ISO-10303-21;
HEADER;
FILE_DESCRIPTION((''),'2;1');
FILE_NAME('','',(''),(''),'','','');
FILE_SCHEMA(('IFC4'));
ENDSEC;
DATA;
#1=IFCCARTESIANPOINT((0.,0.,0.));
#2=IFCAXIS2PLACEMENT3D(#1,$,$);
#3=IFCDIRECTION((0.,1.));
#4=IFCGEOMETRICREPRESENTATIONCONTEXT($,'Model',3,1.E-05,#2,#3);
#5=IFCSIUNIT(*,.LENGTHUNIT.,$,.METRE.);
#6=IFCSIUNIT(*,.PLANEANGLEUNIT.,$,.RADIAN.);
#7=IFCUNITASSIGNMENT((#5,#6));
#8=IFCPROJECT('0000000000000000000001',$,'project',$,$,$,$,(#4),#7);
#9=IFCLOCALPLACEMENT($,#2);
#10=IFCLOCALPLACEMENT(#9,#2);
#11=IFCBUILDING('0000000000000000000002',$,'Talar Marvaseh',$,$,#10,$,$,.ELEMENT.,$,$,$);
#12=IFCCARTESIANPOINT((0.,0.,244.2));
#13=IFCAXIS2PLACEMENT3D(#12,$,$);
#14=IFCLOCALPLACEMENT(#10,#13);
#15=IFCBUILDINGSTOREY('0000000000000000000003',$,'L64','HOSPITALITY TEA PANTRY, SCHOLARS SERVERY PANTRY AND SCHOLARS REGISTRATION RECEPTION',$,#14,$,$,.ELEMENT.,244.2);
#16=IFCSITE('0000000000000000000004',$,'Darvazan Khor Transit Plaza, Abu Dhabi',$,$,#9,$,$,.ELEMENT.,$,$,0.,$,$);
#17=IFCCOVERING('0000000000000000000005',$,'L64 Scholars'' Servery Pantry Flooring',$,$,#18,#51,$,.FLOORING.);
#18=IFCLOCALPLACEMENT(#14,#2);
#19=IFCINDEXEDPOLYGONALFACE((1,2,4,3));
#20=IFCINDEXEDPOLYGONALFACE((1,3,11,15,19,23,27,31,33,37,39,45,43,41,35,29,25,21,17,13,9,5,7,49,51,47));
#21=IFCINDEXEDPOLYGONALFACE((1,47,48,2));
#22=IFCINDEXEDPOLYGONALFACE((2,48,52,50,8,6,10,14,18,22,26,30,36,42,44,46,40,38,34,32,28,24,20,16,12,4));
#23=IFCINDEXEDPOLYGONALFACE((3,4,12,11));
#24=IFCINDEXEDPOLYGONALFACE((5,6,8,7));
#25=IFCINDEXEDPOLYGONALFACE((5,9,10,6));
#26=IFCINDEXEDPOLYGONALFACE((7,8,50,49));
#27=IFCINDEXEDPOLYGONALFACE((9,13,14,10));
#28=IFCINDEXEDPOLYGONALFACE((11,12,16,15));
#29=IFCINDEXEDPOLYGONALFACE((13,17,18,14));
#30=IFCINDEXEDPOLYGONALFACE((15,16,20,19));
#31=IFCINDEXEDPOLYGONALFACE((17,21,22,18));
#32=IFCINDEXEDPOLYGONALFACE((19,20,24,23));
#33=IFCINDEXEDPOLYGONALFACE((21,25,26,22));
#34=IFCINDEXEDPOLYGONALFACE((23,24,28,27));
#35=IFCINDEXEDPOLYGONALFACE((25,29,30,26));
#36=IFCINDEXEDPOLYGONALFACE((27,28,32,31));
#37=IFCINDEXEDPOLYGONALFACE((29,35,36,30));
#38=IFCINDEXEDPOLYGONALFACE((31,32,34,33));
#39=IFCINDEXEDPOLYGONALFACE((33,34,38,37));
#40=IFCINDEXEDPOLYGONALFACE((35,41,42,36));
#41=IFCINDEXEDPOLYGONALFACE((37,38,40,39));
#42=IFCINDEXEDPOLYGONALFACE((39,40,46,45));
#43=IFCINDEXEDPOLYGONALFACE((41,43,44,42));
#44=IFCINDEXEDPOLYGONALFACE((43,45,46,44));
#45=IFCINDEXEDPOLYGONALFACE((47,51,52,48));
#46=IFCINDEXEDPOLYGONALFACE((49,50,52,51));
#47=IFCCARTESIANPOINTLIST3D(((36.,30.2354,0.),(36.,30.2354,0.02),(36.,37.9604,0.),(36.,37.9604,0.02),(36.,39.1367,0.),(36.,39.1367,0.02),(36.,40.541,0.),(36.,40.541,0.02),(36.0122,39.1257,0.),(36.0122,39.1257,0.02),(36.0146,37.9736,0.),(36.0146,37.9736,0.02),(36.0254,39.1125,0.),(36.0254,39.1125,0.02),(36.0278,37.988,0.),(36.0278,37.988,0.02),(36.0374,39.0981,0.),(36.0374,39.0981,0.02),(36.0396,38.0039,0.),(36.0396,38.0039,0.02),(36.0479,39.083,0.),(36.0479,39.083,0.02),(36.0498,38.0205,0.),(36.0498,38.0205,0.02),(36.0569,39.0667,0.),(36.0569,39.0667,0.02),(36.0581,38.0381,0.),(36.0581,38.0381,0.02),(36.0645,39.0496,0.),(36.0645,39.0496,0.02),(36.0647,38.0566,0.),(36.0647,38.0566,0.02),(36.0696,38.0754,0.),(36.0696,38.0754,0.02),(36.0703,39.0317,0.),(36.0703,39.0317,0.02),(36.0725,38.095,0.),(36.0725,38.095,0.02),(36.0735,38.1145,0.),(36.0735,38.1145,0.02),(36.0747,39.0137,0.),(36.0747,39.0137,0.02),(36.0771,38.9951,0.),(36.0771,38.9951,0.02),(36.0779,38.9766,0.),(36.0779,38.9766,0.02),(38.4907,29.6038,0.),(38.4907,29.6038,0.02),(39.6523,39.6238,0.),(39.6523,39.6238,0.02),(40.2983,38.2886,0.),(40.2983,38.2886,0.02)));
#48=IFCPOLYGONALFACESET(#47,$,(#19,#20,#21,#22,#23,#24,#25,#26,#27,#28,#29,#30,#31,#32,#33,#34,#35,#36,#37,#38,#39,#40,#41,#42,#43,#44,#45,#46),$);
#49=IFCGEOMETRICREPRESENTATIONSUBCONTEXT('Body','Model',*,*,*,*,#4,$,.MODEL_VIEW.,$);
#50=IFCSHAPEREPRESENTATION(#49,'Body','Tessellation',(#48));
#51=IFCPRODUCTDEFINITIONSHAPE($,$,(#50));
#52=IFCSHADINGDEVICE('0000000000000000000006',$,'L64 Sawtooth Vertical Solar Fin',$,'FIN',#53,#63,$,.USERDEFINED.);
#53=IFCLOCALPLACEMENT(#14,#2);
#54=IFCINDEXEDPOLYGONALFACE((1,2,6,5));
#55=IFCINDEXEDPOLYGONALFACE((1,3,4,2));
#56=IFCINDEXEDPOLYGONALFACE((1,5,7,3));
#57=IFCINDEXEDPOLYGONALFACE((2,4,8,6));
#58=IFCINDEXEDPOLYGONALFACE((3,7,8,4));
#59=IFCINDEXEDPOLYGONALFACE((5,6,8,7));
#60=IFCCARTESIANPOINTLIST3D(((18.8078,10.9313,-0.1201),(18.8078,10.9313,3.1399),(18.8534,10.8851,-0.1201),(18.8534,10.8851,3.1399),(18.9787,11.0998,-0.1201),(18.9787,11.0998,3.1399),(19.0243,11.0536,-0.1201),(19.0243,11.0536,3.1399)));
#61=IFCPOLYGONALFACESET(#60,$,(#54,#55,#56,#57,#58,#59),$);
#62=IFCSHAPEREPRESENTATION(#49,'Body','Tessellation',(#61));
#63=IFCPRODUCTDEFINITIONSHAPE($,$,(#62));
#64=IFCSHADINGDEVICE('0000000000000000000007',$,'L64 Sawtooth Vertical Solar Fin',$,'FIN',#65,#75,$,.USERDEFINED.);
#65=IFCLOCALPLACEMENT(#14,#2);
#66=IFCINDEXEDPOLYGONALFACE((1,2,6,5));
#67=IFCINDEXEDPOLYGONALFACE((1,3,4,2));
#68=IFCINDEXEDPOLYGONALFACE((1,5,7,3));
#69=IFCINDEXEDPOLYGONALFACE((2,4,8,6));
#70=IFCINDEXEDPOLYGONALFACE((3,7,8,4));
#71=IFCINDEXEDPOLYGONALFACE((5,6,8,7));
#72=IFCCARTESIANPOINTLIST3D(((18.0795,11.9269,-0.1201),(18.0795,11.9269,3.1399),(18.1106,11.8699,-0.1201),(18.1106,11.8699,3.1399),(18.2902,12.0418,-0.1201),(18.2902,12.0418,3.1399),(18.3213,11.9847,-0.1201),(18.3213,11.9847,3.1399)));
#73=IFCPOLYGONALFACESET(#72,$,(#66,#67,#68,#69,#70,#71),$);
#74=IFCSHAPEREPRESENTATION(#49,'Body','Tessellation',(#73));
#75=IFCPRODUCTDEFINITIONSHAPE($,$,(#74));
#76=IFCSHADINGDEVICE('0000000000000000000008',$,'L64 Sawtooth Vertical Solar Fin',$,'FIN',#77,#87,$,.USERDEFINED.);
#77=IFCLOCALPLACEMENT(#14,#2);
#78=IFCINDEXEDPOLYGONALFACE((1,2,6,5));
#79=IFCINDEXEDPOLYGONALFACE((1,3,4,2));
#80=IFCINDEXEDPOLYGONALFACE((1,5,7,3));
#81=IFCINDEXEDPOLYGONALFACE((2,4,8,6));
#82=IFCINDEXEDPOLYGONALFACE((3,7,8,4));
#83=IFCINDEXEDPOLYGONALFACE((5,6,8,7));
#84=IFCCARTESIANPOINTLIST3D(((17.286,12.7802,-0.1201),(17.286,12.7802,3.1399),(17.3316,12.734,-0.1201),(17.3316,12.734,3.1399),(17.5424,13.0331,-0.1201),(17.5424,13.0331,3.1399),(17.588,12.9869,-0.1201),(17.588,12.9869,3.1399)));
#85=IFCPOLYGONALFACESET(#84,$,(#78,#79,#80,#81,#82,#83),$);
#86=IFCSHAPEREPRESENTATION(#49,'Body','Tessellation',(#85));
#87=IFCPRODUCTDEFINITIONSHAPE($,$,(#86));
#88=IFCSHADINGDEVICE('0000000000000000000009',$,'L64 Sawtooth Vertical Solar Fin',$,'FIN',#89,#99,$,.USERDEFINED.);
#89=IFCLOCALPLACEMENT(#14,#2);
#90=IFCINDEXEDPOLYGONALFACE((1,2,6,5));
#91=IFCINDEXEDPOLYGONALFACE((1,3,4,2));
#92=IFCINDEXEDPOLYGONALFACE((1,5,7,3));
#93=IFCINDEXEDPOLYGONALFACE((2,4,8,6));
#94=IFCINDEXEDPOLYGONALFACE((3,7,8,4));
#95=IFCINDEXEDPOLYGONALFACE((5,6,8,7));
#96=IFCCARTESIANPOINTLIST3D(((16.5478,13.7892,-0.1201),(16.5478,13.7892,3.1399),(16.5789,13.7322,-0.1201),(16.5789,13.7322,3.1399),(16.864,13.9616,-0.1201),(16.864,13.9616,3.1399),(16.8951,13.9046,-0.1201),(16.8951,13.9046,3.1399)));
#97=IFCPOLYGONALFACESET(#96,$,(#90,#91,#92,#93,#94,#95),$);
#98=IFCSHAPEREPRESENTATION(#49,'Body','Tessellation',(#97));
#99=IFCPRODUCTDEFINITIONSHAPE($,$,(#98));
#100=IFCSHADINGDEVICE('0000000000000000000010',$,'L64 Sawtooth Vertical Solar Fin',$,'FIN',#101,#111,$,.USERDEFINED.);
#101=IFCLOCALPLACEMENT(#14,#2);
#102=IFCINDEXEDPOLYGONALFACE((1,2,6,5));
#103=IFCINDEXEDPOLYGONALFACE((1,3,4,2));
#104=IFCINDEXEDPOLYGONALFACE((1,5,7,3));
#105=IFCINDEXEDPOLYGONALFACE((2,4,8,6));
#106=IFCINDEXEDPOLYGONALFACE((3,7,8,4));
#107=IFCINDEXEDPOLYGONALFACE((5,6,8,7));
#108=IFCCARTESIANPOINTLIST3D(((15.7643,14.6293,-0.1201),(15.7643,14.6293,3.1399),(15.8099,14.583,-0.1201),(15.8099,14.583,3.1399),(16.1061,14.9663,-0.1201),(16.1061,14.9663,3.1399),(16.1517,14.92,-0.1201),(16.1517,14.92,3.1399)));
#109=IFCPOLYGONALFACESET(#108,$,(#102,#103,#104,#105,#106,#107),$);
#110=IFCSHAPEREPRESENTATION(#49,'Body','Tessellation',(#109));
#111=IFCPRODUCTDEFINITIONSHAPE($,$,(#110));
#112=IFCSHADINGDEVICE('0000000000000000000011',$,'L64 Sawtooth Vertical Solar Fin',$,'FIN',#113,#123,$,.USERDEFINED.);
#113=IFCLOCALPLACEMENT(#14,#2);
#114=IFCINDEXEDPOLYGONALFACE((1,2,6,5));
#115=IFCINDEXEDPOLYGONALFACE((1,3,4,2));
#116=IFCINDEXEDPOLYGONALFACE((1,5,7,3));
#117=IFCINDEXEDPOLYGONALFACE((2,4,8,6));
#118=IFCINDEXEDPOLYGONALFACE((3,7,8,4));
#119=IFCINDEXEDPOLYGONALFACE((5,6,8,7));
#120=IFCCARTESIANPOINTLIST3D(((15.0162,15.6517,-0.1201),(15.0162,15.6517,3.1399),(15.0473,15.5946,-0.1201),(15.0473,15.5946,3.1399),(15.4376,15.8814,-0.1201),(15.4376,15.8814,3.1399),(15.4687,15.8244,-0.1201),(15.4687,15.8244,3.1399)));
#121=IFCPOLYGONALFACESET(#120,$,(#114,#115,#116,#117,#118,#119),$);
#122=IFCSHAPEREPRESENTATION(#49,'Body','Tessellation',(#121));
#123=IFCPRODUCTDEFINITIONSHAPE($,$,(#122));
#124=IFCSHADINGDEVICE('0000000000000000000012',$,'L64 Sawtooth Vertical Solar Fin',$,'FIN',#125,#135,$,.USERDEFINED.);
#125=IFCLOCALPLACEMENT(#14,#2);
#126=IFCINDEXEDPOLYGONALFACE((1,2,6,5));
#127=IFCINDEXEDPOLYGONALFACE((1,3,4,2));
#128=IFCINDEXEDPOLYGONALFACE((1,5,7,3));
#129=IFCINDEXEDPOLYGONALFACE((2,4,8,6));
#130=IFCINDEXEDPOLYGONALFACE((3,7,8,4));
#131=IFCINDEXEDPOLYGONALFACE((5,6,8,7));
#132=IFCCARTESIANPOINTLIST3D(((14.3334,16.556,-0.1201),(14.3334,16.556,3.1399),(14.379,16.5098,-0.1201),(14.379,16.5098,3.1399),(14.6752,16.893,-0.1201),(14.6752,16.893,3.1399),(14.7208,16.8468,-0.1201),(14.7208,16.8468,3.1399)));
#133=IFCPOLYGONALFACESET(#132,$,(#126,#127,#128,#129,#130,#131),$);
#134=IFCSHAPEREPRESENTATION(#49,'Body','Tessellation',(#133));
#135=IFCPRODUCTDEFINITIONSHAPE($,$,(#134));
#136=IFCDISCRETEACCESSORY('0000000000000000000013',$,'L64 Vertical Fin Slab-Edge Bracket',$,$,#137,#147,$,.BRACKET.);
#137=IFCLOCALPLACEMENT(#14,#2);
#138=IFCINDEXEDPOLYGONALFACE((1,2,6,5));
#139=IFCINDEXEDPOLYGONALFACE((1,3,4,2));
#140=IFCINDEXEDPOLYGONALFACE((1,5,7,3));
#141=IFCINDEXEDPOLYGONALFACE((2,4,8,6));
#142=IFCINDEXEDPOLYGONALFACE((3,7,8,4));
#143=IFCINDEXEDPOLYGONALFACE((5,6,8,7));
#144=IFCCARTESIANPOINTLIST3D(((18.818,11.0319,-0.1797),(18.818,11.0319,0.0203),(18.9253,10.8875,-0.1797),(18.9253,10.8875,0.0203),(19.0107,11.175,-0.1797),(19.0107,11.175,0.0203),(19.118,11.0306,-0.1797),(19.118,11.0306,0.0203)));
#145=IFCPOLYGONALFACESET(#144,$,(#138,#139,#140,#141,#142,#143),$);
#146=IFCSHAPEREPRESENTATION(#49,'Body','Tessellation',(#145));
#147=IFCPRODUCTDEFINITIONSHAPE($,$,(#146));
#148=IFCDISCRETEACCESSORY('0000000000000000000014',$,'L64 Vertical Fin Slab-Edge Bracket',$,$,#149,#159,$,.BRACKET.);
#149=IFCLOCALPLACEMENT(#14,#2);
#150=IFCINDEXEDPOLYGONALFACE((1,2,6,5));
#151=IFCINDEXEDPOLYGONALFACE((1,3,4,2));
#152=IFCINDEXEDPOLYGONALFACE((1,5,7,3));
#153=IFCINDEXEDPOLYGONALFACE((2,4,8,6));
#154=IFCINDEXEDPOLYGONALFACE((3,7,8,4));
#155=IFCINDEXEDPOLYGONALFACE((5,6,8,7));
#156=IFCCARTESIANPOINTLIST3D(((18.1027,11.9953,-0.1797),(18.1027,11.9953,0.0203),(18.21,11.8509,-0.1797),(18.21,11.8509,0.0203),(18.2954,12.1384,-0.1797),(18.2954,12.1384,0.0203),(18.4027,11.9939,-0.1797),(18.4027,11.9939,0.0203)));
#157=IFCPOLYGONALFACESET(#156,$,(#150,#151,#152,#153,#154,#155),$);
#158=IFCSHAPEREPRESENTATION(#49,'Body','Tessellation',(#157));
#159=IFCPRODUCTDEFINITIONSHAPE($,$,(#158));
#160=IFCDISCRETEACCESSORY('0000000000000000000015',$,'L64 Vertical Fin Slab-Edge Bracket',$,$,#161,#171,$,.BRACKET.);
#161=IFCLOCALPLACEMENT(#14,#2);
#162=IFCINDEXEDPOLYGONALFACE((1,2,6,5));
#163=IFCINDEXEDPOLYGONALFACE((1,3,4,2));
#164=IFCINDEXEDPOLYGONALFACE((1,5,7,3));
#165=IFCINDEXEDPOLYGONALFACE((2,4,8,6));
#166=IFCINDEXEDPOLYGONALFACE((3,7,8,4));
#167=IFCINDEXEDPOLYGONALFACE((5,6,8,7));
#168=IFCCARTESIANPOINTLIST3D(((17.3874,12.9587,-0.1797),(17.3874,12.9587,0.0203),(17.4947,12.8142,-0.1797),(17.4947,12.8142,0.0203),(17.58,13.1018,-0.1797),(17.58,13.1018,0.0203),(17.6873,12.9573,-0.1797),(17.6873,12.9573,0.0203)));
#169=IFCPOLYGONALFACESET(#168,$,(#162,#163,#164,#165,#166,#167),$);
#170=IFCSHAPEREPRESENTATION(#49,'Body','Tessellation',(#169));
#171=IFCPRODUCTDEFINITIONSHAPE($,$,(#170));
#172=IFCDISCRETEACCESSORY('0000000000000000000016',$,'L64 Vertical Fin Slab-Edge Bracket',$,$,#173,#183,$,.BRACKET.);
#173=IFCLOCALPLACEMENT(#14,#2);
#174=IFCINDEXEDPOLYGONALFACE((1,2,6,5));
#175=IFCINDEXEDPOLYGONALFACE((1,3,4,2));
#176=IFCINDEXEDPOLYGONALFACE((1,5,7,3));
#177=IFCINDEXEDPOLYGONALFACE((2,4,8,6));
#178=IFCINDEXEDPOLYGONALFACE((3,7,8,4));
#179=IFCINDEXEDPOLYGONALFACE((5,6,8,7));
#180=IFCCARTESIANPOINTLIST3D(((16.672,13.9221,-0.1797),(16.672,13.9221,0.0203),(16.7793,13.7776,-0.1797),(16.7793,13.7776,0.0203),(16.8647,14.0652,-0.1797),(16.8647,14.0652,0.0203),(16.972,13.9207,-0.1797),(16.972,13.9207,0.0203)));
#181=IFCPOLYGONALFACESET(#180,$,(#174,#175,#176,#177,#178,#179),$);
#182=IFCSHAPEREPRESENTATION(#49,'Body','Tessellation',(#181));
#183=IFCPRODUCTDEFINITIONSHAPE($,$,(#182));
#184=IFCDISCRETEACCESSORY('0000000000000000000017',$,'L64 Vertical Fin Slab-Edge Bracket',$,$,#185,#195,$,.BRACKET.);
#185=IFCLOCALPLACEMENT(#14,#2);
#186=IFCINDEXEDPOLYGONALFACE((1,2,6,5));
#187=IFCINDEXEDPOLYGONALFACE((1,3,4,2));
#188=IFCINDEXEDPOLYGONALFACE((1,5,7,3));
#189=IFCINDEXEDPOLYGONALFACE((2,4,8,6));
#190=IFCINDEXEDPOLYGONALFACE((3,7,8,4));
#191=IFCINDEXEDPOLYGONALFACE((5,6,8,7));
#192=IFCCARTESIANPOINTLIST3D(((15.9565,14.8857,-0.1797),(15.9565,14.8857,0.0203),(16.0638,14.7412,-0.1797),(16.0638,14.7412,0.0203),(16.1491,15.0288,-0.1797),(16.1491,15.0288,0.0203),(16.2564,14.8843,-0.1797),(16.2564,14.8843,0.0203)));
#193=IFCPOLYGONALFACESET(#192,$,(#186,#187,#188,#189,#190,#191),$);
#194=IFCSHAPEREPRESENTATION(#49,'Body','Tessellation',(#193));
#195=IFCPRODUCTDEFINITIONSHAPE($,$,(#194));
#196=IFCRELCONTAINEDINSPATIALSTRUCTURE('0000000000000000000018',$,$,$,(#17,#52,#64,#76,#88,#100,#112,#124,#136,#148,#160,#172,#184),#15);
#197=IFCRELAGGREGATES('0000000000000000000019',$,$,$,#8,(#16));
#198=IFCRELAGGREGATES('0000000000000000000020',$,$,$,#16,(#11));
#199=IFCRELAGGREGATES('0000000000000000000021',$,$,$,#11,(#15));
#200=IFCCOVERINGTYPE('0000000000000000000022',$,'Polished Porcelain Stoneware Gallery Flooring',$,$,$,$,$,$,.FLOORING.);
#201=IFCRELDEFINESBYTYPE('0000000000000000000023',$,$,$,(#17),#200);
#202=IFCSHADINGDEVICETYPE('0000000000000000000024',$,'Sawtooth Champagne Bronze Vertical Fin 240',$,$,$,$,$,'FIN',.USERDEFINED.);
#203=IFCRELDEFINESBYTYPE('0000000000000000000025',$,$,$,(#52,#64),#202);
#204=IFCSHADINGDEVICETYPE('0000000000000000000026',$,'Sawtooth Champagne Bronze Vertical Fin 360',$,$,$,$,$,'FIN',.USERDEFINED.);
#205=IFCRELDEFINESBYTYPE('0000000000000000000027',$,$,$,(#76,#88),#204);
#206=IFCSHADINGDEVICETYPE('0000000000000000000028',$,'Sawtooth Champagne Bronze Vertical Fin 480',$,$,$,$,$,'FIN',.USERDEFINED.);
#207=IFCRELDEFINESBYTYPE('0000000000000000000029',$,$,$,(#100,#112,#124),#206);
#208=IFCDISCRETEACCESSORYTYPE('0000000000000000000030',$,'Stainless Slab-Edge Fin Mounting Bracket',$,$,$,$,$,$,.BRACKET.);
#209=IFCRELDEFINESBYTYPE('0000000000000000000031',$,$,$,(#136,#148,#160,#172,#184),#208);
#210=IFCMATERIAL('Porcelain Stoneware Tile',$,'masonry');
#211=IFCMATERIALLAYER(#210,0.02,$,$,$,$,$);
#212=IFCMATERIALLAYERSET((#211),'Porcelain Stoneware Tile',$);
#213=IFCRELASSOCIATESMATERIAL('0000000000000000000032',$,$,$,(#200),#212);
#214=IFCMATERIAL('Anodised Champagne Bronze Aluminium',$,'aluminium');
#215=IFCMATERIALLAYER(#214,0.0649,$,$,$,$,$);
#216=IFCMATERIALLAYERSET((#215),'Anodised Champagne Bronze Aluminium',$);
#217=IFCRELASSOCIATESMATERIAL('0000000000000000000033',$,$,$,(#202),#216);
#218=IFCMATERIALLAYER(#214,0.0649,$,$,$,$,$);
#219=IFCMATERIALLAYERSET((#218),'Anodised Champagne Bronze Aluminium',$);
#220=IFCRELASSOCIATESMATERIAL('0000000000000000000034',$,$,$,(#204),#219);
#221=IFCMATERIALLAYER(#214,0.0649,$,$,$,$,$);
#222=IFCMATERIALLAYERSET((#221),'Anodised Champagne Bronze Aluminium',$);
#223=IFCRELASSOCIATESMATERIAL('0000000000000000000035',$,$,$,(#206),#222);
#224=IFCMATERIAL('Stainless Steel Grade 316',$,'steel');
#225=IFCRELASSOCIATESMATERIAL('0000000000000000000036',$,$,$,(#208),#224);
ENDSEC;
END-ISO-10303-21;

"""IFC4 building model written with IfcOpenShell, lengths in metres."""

from ifc_helpers import new_model, si_unit, direction, frame, origin, origin_2d, place, context, subcontext, project, spatial, polyline, rectangle, outline, extrude, source, transform, mapped, material, layer, layer_set, type_object, type_shapes, element, save


model = new_model("IFC4")

# Units and contexts
model_context = context("Model", 3, precision=1e-05, world=origin(), true_north=direction((0.0, 1.0)))
body_context = subcontext(model_context, "Body", "Model", "MODEL_VIEW")
ifc_project = project(units=[si_unit("LENGTHUNIT", "METRE"), si_unit("PLANEANGLEUNIT", "RADIAN")], contexts=[model_context])

# Site, building, storey
site_placement = place(None, origin())
site = spatial("IfcSite", under=ifc_project, at=site_placement, Name="Darvazan Khor Transit Plaza, Abu Dhabi", CompositionType="ELEMENT", RefElevation=0.0)
building_placement = place(site_placement, origin())
building = spatial("IfcBuilding", under=site, at=building_placement, Name="Talar Marvaseh", CompositionType="ELEMENT")
storey_placement = place(building_placement, frame((0.0, 0.0, 244.2)))
storey = spatial("IfcBuildingStorey", under=building, at=storey_placement, Name="L64", Description="HOSPITALITY TEA PANTRY, SCHOLARS SERVERY PANTRY AND SCHOLARS REGISTRATION RECEPTION", CompositionType="ELEMENT", Elevation=244.2)

# Covering
ifc_material_1 = material(Name="Porcelain Stoneware Tile", Category="masonry")
ifc_layer_1 = layer(ifc_material_1, 0.02)
ifc_layer_set_1 = layer_set([ifc_layer_1], Name="Porcelain Stoneware Tile")
covering_type_1 = type_object("IfcCoveringType", Name="Polished Porcelain Stoneware Gallery Flooring", PredefinedType="FLOORING", material=ifc_layer_set_1)
covering_1_placement = place(storey_placement, origin())
element("IfcCovering", 1, at=covering_1_placement, inside=storey, type_object=covering_type_1, Name="L64 Scholars' Servery Pantry Flooring", PredefinedType="FLOORING", context=body_context, shape_type="SweptSolid", body=[
    extrude(outline(polyline([(40.2983, 38.2886), (38.4907, 29.6038), (36.0, 30.2354), (36.0, 37.9604), (36.0, 37.9604), (36.0146, 37.9736), (36.0278, 37.988), (36.0396, 38.0039), (36.0498, 38.0205), (36.0581, 38.0381), (36.0647, 38.0566), (36.0696, 38.0754), (36.0725, 38.095), (36.0735, 38.1145), (36.0779, 38.9766), (36.0771, 38.9951), (36.0747, 39.0137), (36.0703, 39.0317), (36.0645, 39.0496), (36.0569, 39.0667), (36.0479, 39.083), (36.0374, 39.0981), (36.0254, 39.1125), (36.0122, 39.1257), (36.0, 39.1367), (36.0, 40.541), (39.6523, 39.6238), (40.2983, 38.2886)])), origin(), (0.0, 0.0, 1.0), 0.02),
])

# Shading devices
ifc_material_2 = material(Name="Anodised Champagne Bronze Aluminium", Category="aluminium")
ifc_layer_2 = layer(ifc_material_2, 0.0649)
ifc_layer_set_2 = layer_set([ifc_layer_2], Name="Anodised Champagne Bronze Aluminium")
shading_device_type_1 = type_object("IfcShadingDeviceType", Name="Sawtooth Champagne Bronze Vertical Fin 240", ElementType="FIN", PredefinedType="USERDEFINED", material=ifc_layer_set_2)
shared_shape_1 = source(origin(), body_context, "Body", "SweptSolid", [
    extrude(rectangle(XDim=0.24, YDim=0.0649, at=origin_2d()), origin(), (0.0, 0.0, 1.0), 3.26),
])
type_shapes(shading_device_type_1, [shared_shape_1])
for number, where, z_axis, x_axis, name in (
    (2, (18.916, 10.9924, -0.1201), (0.0, 0.0, 1.0), (-0.712026, -0.702153, 0.0), "L64 Sawtooth Vertical Solar Fin"),
    (3, (18.2004, 11.9558, -0.1201), (0.0, 0.0, 1.0), (-0.877983, -0.478692, 0.0), "L64 Sawtooth Vertical Solar Fin"),
):
    element("IfcShadingDevice", number, at=place(storey_placement, frame(where, z_axis=z_axis, x_axis=x_axis)), inside=storey, type_object=shading_device_type_1, Name=name, ObjectType="FIN", PredefinedType="USERDEFINED", context=body_context, shape_type="MappedRepresentation", body=[
        mapped(shared_shape_1, transform((0.0, 0.0, 0.0), x_axis=(1.0, 0.0, 0.0), y_axis=(0.0, 1.0, 0.0), z_axis=(0.0, 0.0, 1.0), scale=1.0)),
    ])
ifc_layer_3 = layer(ifc_material_2, 0.0649)
ifc_layer_set_3 = layer_set([ifc_layer_3], Name="Anodised Champagne Bronze Aluminium")
shading_device_type_2 = type_object("IfcShadingDeviceType", Name="Sawtooth Champagne Bronze Vertical Fin 360", ElementType="FIN", PredefinedType="USERDEFINED", material=ifc_layer_set_3)
shared_shape_2 = source(origin(), body_context, "Body", "SweptSolid", [
    extrude(rectangle(XDim=0.3601, YDim=0.0649, at=origin_2d()), origin(), (0.0, 0.0, 1.0), 3.26),
])
type_shapes(shading_device_type_2, [shared_shape_2])
for number, where, z_axis, x_axis, name in (
    (4, (17.437, 12.8835, -0.1201), (0.0, 0.0, 1.0), (-0.712026, -0.702153, 0.0), "L64 Sawtooth Vertical Solar Fin"),
    (5, (16.7214, 13.8469, -0.1201), (0.0, 0.0, 1.0), (-0.877983, -0.478692, 0.0), "L64 Sawtooth Vertical Solar Fin"),
):
    element("IfcShadingDevice", number, at=place(storey_placement, frame(where, z_axis=z_axis, x_axis=x_axis)), inside=storey, type_object=shading_device_type_2, Name=name, ObjectType="FIN", PredefinedType="USERDEFINED", context=body_context, shape_type="MappedRepresentation", body=[
        mapped(shared_shape_2, transform((0.0, 0.0, 0.0), x_axis=(1.0, 0.0, 0.0), y_axis=(0.0, 1.0, 0.0), z_axis=(0.0, 0.0, 1.0), scale=1.0)),
    ])
ifc_layer_4 = layer(ifc_material_2, 0.0649)
ifc_layer_set_4 = layer_set([ifc_layer_4], Name="Anodised Champagne Bronze Aluminium")
shading_device_type_3 = type_object("IfcShadingDeviceType", Name="Sawtooth Champagne Bronze Vertical Fin 480", ElementType="FIN", PredefinedType="USERDEFINED", material=ifc_layer_set_4)
shared_shape_3 = source(origin(), body_context, "Body", "SweptSolid", [
    extrude(rectangle(XDim=0.48, YDim=0.0649, at=origin_2d()), origin(), (0.0, 0.0, 1.0), 3.26),
])
type_shapes(shading_device_type_3, [shared_shape_3])
for number, where, z_axis, x_axis, name in (
    (6, (15.958, 14.7747, -0.1201), (0.0, 0.0, 1.0), (-0.712026, -0.702153, 0.0), "L64 Sawtooth Vertical Solar Fin"),
    (7, (15.2424, 15.738, -0.1201), (0.0, 0.0, 1.0), (-0.877983, -0.478692, 0.0), "L64 Sawtooth Vertical Solar Fin"),
    (8, (14.5271, 16.7014, -0.1201), (0.0, 0.0, 1.0), (-0.712026, -0.702153, 0.0), "L64 Sawtooth Vertical Solar Fin"),
):
    element("IfcShadingDevice", number, at=place(storey_placement, frame(where, z_axis=z_axis, x_axis=x_axis)), inside=storey, type_object=shading_device_type_3, Name=name, ObjectType="FIN", PredefinedType="USERDEFINED", context=body_context, shape_type="MappedRepresentation", body=[
        mapped(shared_shape_3, transform((0.0, 0.0, 0.0), x_axis=(1.0, 0.0, 0.0), y_axis=(0.0, 1.0, 0.0), z_axis=(0.0, 0.0, 1.0), scale=1.0)),
    ])

# Discrete accessories
ifc_material_3 = material(Name="Stainless Steel Grade 316", Category="steel")
discrete_accessory_type = type_object("IfcDiscreteAccessoryType", Name="Stainless Slab-Edge Fin Mounting Bracket", PredefinedType="BRACKET", material=ifc_material_3)
shared_shape_4 = source(origin(), body_context, "Body", "SweptSolid", [
    extrude(rectangle(XDim=0.24, YDim=0.1799, at=origin_2d()), origin(), (0.0, 0.0, 1.0), 0.2),
])
type_shapes(discrete_accessory_type, [shared_shape_4])
for number, where, z_axis, x_axis, name in (
    (9, (18.968, 11.0312, -0.1797), (0.0, 0.0, 1.0), (-0.802817, -0.596225, 0.0), "L64 Vertical Fin Slab-Edge Bracket"),
    (10, (18.2527, 11.9946, -0.1797), (0.0, 0.0, 1.0), (-0.802817, -0.596225, 0.0), "L64 Vertical Fin Slab-Edge Bracket"),
    (11, (17.5374, 12.958, -0.1797), (0.0, 0.0, 1.0), (-0.802817, -0.596225, 0.0), "L64 Vertical Fin Slab-Edge Bracket"),
    (12, (16.822, 13.9214, -0.1797), (0.0, 0.0, 1.0), (-0.802817, -0.596225, 0.0), "L64 Vertical Fin Slab-Edge Bracket"),
    (13, (16.1064, 14.885, -0.1797), (0.0, 0.0, 1.0), (-0.802817, -0.596225, 0.0), "L64 Vertical Fin Slab-Edge Bracket"),
):
    element("IfcDiscreteAccessory", number, at=place(storey_placement, frame(where, z_axis=z_axis, x_axis=x_axis)), inside=storey, type_object=discrete_accessory_type, Name=name, PredefinedType="BRACKET", context=body_context, shape_type="MappedRepresentation", body=[
        mapped(shared_shape_4, transform((0.0, 0.0, 0.0), x_axis=(1.0, 0.0, 0.0), y_axis=(0.0, 1.0, 0.0), z_axis=(0.0, 0.0, 1.0), scale=1.0)),
    ])

save(model, "model.ifc")
